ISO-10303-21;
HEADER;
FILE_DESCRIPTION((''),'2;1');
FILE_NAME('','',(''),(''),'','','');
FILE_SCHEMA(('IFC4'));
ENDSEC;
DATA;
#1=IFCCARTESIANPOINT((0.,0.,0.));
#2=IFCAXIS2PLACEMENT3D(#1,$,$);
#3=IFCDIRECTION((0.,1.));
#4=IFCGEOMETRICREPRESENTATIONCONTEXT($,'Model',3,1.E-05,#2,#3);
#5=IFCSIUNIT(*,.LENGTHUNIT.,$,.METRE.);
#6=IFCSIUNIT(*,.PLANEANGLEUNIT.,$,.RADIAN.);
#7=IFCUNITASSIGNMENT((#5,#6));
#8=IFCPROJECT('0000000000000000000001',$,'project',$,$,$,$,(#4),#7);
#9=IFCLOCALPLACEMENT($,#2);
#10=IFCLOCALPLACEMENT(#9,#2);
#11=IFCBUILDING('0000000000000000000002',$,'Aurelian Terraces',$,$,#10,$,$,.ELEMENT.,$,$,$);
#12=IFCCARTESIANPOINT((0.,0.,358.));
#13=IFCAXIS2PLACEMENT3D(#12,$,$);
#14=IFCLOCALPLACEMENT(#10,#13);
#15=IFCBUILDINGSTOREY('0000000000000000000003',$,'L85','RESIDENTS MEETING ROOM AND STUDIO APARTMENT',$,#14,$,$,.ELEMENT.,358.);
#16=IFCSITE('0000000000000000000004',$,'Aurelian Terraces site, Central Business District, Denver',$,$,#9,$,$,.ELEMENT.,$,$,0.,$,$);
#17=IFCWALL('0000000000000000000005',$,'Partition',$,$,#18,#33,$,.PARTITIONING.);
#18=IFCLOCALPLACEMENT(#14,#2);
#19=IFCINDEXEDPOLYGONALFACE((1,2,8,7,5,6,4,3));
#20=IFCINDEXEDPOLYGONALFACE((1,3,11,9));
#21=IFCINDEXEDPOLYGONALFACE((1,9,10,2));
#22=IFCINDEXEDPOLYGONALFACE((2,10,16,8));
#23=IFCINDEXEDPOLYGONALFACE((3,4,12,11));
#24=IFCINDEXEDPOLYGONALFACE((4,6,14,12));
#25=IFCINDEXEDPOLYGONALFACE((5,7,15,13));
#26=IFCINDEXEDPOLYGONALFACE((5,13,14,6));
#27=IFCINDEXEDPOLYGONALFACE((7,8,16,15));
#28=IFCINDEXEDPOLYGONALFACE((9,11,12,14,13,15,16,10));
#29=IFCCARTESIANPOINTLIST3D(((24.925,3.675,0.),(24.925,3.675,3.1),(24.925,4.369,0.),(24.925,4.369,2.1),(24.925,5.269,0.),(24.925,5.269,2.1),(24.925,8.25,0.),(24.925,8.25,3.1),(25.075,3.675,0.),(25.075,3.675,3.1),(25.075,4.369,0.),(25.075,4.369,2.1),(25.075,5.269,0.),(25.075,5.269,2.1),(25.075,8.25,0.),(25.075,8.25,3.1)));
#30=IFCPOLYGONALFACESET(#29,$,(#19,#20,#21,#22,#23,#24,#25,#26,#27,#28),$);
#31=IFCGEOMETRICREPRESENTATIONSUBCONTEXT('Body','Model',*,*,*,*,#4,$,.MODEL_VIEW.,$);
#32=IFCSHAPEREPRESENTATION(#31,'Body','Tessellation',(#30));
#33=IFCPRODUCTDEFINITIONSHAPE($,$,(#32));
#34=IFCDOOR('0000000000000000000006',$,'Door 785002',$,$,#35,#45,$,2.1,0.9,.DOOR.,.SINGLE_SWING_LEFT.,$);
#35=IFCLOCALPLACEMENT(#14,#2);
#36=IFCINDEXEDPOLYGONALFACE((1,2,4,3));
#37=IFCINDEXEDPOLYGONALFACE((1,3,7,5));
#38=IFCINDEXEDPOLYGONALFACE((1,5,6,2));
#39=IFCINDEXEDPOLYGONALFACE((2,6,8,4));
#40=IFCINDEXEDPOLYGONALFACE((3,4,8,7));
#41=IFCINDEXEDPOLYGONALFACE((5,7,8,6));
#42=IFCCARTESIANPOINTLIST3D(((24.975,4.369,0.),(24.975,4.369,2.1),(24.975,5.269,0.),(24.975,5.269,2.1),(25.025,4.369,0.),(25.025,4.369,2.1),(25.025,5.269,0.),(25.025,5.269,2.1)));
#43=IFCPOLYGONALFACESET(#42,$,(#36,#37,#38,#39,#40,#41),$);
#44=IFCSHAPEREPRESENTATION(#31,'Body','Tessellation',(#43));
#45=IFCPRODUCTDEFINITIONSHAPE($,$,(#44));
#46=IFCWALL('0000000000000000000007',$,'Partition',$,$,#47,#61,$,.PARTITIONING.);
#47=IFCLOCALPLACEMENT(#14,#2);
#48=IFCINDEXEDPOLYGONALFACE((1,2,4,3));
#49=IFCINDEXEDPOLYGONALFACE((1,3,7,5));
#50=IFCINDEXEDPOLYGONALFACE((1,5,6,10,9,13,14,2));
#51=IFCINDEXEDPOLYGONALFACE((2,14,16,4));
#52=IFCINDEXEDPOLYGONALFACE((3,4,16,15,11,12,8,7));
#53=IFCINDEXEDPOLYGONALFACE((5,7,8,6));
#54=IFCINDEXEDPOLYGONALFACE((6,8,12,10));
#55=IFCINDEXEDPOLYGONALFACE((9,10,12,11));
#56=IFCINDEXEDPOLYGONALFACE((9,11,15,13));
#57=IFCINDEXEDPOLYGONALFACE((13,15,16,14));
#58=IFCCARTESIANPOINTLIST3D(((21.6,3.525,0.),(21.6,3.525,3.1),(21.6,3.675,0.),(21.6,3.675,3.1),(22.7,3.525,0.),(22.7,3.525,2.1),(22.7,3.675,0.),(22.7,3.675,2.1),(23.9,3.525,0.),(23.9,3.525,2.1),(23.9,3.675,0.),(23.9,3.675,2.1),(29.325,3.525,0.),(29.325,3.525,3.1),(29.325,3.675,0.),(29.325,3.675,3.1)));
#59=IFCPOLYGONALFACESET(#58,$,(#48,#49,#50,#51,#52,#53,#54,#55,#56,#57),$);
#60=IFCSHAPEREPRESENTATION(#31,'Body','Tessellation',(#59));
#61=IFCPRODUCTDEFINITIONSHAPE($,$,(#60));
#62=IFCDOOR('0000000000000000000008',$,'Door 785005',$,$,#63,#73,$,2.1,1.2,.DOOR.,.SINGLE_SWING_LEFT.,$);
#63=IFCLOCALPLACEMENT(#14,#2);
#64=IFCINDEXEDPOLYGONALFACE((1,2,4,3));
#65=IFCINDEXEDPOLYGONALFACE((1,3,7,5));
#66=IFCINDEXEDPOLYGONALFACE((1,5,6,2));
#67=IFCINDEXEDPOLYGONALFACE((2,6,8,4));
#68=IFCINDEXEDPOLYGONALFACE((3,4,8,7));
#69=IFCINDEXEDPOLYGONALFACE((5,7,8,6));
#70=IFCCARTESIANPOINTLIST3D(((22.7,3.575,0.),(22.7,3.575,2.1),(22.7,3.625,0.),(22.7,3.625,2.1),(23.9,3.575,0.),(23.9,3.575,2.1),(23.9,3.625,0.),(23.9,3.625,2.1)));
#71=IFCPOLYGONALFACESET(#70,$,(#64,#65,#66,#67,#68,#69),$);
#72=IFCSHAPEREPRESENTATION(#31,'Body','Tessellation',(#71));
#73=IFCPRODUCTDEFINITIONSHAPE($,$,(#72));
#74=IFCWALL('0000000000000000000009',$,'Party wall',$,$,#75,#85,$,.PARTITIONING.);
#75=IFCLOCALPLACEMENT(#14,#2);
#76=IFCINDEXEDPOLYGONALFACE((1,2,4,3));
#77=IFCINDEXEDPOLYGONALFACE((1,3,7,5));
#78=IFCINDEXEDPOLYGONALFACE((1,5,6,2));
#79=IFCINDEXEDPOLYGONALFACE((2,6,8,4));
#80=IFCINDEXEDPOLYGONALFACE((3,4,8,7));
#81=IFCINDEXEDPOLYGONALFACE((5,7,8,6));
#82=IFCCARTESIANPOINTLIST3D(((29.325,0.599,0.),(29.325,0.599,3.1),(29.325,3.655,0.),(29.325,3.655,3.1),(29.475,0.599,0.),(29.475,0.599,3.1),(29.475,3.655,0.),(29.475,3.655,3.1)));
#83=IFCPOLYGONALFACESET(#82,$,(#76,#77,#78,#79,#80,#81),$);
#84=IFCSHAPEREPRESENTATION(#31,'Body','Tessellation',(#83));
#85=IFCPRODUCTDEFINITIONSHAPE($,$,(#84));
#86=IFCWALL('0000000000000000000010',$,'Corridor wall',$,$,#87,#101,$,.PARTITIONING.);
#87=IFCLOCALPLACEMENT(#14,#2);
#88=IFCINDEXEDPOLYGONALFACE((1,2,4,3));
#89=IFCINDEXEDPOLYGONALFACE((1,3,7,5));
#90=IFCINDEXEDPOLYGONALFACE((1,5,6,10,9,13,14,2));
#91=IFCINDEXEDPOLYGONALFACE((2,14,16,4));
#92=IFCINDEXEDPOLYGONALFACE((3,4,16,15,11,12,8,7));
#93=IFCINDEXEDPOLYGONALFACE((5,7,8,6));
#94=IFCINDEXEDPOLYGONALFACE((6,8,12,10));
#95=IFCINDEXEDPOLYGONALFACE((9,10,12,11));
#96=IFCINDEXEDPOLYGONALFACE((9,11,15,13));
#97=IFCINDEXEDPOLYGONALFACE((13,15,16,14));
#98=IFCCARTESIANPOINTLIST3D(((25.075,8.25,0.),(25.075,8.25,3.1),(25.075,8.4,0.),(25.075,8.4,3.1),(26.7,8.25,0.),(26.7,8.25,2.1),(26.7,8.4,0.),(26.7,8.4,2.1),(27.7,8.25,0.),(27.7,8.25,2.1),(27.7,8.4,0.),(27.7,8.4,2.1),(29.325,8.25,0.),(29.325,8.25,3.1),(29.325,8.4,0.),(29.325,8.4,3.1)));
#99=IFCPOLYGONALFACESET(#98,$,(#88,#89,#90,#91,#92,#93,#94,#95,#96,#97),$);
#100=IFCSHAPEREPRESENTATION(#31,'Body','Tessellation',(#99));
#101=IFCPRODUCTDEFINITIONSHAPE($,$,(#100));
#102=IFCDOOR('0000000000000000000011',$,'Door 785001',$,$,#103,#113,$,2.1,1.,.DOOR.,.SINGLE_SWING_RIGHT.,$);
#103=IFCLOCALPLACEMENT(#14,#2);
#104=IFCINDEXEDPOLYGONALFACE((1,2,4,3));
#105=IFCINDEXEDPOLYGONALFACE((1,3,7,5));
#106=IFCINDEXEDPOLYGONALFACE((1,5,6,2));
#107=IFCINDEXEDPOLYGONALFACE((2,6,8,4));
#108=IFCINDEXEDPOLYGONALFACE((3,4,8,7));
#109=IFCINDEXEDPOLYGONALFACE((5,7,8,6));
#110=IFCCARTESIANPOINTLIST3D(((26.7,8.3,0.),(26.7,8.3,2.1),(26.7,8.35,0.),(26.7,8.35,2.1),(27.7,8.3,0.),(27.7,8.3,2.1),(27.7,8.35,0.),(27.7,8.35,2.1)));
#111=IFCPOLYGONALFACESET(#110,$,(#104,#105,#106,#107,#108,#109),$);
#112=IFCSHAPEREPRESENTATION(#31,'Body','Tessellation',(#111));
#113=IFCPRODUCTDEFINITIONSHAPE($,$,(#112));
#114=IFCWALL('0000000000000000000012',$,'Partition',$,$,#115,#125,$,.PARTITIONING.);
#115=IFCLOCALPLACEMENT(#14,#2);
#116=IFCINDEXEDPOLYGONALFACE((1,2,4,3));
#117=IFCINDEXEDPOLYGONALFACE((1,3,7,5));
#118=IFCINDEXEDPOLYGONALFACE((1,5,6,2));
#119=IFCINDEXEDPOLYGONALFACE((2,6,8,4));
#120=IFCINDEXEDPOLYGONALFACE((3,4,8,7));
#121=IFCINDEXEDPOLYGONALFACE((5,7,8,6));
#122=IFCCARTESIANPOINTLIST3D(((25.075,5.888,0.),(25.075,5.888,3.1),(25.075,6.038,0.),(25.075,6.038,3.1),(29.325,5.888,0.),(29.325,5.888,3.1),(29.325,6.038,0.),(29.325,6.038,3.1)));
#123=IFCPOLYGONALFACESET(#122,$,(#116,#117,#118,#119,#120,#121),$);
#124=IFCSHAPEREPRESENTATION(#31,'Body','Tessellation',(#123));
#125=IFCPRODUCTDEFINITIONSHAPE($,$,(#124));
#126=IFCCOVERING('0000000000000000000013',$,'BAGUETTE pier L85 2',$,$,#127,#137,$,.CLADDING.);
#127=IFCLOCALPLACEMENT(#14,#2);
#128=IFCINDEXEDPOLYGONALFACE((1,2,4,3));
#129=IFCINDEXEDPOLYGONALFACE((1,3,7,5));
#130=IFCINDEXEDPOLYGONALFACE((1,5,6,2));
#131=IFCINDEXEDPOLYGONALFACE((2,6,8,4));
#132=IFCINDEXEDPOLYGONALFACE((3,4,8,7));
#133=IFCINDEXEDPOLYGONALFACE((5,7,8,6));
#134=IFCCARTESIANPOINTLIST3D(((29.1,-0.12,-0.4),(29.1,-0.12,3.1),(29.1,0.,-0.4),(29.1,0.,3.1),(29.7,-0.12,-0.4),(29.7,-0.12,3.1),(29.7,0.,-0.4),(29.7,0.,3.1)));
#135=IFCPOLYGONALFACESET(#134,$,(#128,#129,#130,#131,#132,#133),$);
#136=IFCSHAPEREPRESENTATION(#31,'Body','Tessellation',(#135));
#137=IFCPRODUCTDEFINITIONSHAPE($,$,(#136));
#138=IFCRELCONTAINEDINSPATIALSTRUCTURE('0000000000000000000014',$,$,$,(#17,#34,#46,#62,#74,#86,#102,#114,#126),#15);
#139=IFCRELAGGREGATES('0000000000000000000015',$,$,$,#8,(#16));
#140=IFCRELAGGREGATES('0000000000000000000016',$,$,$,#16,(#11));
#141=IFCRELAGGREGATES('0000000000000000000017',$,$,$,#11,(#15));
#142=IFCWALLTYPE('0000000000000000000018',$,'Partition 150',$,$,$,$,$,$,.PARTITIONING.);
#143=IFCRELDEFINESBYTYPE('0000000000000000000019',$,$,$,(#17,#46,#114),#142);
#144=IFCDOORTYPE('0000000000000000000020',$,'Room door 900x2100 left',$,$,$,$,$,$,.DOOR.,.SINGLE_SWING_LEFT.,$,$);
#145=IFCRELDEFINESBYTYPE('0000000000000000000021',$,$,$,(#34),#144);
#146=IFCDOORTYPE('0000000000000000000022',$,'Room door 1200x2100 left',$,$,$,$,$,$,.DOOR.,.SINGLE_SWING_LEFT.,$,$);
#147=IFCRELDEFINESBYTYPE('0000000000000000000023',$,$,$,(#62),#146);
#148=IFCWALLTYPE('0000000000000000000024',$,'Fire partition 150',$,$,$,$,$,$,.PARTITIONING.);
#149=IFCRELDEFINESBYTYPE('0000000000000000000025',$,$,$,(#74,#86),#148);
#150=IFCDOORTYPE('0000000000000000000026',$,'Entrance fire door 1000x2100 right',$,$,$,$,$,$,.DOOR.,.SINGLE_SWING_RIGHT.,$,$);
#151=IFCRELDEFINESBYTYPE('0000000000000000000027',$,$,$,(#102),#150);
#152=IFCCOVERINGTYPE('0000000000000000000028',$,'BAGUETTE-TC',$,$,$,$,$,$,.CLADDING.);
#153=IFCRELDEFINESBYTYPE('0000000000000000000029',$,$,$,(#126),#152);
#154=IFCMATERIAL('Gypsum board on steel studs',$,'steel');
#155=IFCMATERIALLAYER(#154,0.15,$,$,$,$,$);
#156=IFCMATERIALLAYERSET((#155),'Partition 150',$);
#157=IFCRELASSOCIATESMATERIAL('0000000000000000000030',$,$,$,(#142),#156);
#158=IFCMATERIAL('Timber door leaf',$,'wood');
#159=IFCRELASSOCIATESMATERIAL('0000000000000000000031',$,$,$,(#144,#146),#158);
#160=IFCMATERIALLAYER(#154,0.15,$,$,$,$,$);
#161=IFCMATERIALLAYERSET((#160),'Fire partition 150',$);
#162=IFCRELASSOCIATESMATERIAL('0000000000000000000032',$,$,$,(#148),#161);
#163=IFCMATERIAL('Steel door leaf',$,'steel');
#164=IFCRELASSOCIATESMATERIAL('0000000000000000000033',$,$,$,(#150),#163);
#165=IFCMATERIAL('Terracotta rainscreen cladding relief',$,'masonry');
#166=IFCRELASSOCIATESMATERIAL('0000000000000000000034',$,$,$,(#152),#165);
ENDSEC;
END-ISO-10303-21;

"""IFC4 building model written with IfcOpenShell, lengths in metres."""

from ifc_helpers import new_model, si_unit, direction, frame, frame_2d, origin, origin_2d, place, context, subcontext, project, spatial, rectangle, extrude, source, transform, mapped, material, layer, layer_set, type_object, element, fill, save


model = new_model("IFC4")

# Units and contexts
model_context = context("Model", 3, precision=1e-05, world=origin(), true_north=direction((0.0, 1.0)))
body_context = subcontext(model_context, "Body", "Model", "MODEL_VIEW")
ifc_project = project(units=[si_unit("LENGTHUNIT", "METRE"), si_unit("PLANEANGLEUNIT", "RADIAN")], contexts=[model_context])

# Site, building, storey
site_placement = place(None, origin())
site = spatial("IfcSite", under=ifc_project, at=site_placement, Name="Aurelian Terraces site, Central Business District, Denver", CompositionType="ELEMENT", RefElevation=0.0)
building_placement = place(site_placement, origin())
building = spatial("IfcBuilding", under=site, at=building_placement, Name="Aurelian Terraces", CompositionType="ELEMENT")
storey_placement = place(building_placement, frame((0.0, 0.0, 358.0)))
storey = spatial("IfcBuildingStorey", under=building, at=storey_placement, Name="L85", Description="RESIDENTS MEETING ROOM AND STUDIO APARTMENT", CompositionType="ELEMENT", Elevation=358.0)

# Shared definitions
ifc_material_1 = material(Name="Gypsum board on steel studs", Category="steel")
ifc_layer_1 = layer(ifc_material_1, 0.15)
ifc_layer_set_1 = layer_set([ifc_layer_1], Name="Partition 150")
wall_type_1 = type_object("IfcWallType", Name="Partition 150", PredefinedType="PARTITIONING", material=ifc_layer_set_1)
shared_shape_1 = source(origin(), body_context, "Body", "SweptSolid", [
    extrude(rectangle(XDim=0.9, YDim=2.1, at=frame_2d((0.45, 1.05))), frame((0.0, 0.085, 0.0), z_axis=(0.0, -1.0, 0.0), x_axis=(1.0, 0.0, 0.0)), (0.0, 0.0, 1.0), 0.17),
])
ifc_material_2 = material(Name="Timber door leaf", Category="wood")
shared_shape_2 = source(origin(), body_context, "Body", "SweptSolid", [
    extrude(rectangle(XDim=0.9, YDim=2.1, at=frame_2d((0.45, 1.05))), frame((0.0, 0.025, 0.0), z_axis=(0.0, -1.0, 0.0), x_axis=(1.0, 0.0, 0.0)), (0.0, 0.0, 1.0), 0.05),
])
ifc_material_3 = material(Name="Steel door leaf", Category="steel")

# Walls, openings, doors
shared_shape_3 = source(origin(), body_context, "Body", "SweptSolid", [
    extrude(rectangle(XDim=4.575, YDim=0.15, at=frame_2d((2.2875, 0.0))), origin(), (0.0, 0.0, 1.0), 3.1),
])
wall_1_placement = place(storey_placement, frame((25.0, 8.25, 0.0), z_axis=(0.0, 0.0, 1.0), x_axis=(0.0, -1.0, 0.0)))
wall_1 = element("IfcWall", 1, at=wall_1_placement, inside=storey, type_object=wall_type_1, Name="Partition", PredefinedType="PARTITIONING", context=body_context, shape_type="MappedRepresentation", body=[
    mapped(shared_shape_3, transform((0.0, 0.0, 0.0), scale=1.0)),
])
opening_1_placement = place(wall_1_placement, frame((2.981, 0.0, 0.0)))
opening_1 = element("IfcOpeningElement", 2, at=opening_1_placement, cuts=wall_1, PredefinedType="OPENING", context=body_context, shape_type="MappedRepresentation", body=[
    mapped(shared_shape_1, transform((0.0, 0.0, 0.0), scale=1.0)),
])
door_type_1 = type_object("IfcDoorType", Name="Room door 900x2100 left", OperationType="SINGLE_SWING_LEFT", PredefinedType="DOOR", material=ifc_material_2)
door_1_placement = place(opening_1_placement, origin())
door_1 = element("IfcDoor", 3, at=door_1_placement, inside=storey, type_object=door_type_1, Name="Door 785002", OperationType="SINGLE_SWING_LEFT", OverallHeight=2.1, OverallWidth=0.9, PredefinedType="DOOR", context=body_context, shape_type="MappedRepresentation", body=[
    mapped(shared_shape_2, transform((0.0, 0.0, 0.0), scale=1.0)),
])
fill(opening_1, door_1)
shared_shape_4 = source(origin(), body_context, "Body", "SweptSolid", [
    extrude(rectangle(XDim=7.725, YDim=0.15, at=frame_2d((3.8625, 0.0))), origin(), (0.0, 0.0, 1.0), 3.1),
])
wall_2_placement = place(storey_placement, frame((21.6, 3.6, 0.0), z_axis=(0.0, 0.0, 1.0), x_axis=(1.0, 0.0, 0.0)))
wall_2 = element("IfcWall", 4, at=wall_2_placement, inside=storey, type_object=wall_type_1, Name="Partition", PredefinedType="PARTITIONING", context=body_context, shape_type="MappedRepresentation", body=[
    mapped(shared_shape_4, transform((0.0, 0.0, 0.0), scale=1.0)),
])
shared_shape_5 = source(origin(), body_context, "Body", "SweptSolid", [
    extrude(rectangle(XDim=1.2, YDim=2.1, at=frame_2d((0.6, 1.05))), frame((0.0, 0.085, 0.0), z_axis=(0.0, -1.0, 0.0), x_axis=(1.0, 0.0, 0.0)), (0.0, 0.0, 1.0), 0.17),
])
opening_2_placement = place(wall_2_placement, frame((1.1, 0.0, 0.0)))
opening_2 = element("IfcOpeningElement", 5, at=opening_2_placement, cuts=wall_2, PredefinedType="OPENING", context=body_context, shape_type="MappedRepresentation", body=[
    mapped(shared_shape_5, transform((0.0, 0.0, 0.0), scale=1.0)),
])
door_type_2 = type_object("IfcDoorType", Name="Room door 1200x2100 left", OperationType="SINGLE_SWING_LEFT", PredefinedType="DOOR", material=ifc_material_2)
shared_shape_6 = source(origin(), body_context, "Body", "SweptSolid", [
    extrude(rectangle(XDim=1.2, YDim=2.1, at=frame_2d((0.6, 1.05))), frame((0.0, 0.025, 0.0), z_axis=(0.0, -1.0, 0.0), x_axis=(1.0, 0.0, 0.0)), (0.0, 0.0, 1.0), 0.05),
])
door_2_placement = place(opening_2_placement, origin())
door_2 = element("IfcDoor", 6, at=door_2_placement, inside=storey, type_object=door_type_2, Name="Door 785005", OperationType="SINGLE_SWING_LEFT", OverallHeight=2.1, OverallWidth=1.2, PredefinedType="DOOR", context=body_context, shape_type="MappedRepresentation", body=[
    mapped(shared_shape_6, transform((0.0, 0.0, 0.0), scale=1.0)),
])
fill(opening_2, door_2)

# Wall
ifc_layer_2 = layer(ifc_material_1, 0.15)
ifc_layer_set_2 = layer_set([ifc_layer_2], Name="Fire partition 150")
wall_type_2 = type_object("IfcWallType", Name="Fire partition 150", PredefinedType="PARTITIONING", material=ifc_layer_set_2)
shared_shape_7 = source(origin(), body_context, "Body", "SweptSolid", [
    extrude(rectangle(XDim=3.056, YDim=0.15, at=frame_2d((1.528, 0.0))), origin(), (0.0, 0.0, 1.0), 3.1),
])
wall_3_placement = place(storey_placement, frame((29.4, 0.599, 0.0), z_axis=(0.0, 0.0, 1.0), x_axis=(0.0, 1.0, 0.0)))
element("IfcWall", 7, at=wall_3_placement, inside=storey, type_object=wall_type_2, Name="Party wall", PredefinedType="PARTITIONING", context=body_context, shape_type="MappedRepresentation", body=[
    mapped(shared_shape_7, transform((0.0, 0.0, 0.0), scale=1.0)),
])

# Wall, opening, door
shared_shape_8 = source(origin(), body_context, "Body", "SweptSolid", [
    extrude(rectangle(XDim=4.25, YDim=0.15, at=frame_2d((2.125, 0.0))), origin(), (0.0, 0.0, 1.0), 3.1),
])
wall_4_placement = place(storey_placement, frame((29.325, 8.325, 0.0), z_axis=(0.0, 0.0, 1.0), x_axis=(-1.0, 0.0, 0.0)))
wall_4 = element("IfcWall", 8, at=wall_4_placement, inside=storey, type_object=wall_type_2, Name="Corridor wall", PredefinedType="PARTITIONING", context=body_context, shape_type="MappedRepresentation", body=[
    mapped(shared_shape_8, transform((0.0, 0.0, 0.0), scale=1.0)),
])
shared_shape_9 = source(origin(), body_context, "Body", "SweptSolid", [
    extrude(rectangle(XDim=1.0, YDim=2.1, at=frame_2d((0.5, 1.05))), frame((0.0, 0.085, 0.0), z_axis=(0.0, -1.0, 0.0), x_axis=(1.0, 0.0, 0.0)), (0.0, 0.0, 1.0), 0.17),
])
opening_3_placement = place(wall_4_placement, frame((1.625, 0.0, 0.0)))
opening_3 = element("IfcOpeningElement", 9, at=opening_3_placement, cuts=wall_4, PredefinedType="OPENING", context=body_context, shape_type="MappedRepresentation", body=[
    mapped(shared_shape_9, transform((0.0, 0.0, 0.0), scale=1.0)),
])
door_type_3 = type_object("IfcDoorType", Name="Entrance fire door 1000x2100 right", OperationType="SINGLE_SWING_RIGHT", PredefinedType="DOOR", material=ifc_material_3)
shared_shape_10 = source(origin(), body_context, "Body", "SweptSolid", [
    extrude(rectangle(XDim=1.0, YDim=2.1, at=frame_2d((0.5, 1.05))), frame((0.0, 0.025, 0.0), z_axis=(0.0, -1.0, 0.0), x_axis=(1.0, 0.0, 0.0)), (0.0, 0.0, 1.0), 0.05),
])
door_3_placement = place(opening_3_placement, origin())
door_3 = element("IfcDoor", 10, at=door_3_placement, inside=storey, type_object=door_type_3, Name="Door 785001", OperationType="SINGLE_SWING_RIGHT", OverallHeight=2.1, OverallWidth=1.0, PredefinedType="DOOR", context=body_context, shape_type="MappedRepresentation", body=[
    mapped(shared_shape_10, transform((0.0, 0.0, 0.0), scale=1.0)),
])
fill(opening_3, door_3)

# Wall
wall_5_placement = place(storey_placement, frame((29.325, 5.963, 0.0), z_axis=(0.0, 0.0, 1.0), x_axis=(-1.0, 0.0, 0.0)))
element("IfcWall", 11, at=wall_5_placement, inside=storey, type_object=wall_type_1, Name="Partition", PredefinedType="PARTITIONING", context=body_context, shape_type="MappedRepresentation", body=[
    mapped(shared_shape_8, transform((0.0, 0.0, 0.0), scale=1.0)),
])

# Covering
ifc_material_4 = material(Name="Terracotta rainscreen cladding relief", Category="masonry")
covering_type = type_object("IfcCoveringType", Name="BAGUETTE-TC", PredefinedType="CLADDING", material=ifc_material_4)
shared_shape_11 = source(origin(), body_context, "Body", "SweptSolid", [
    extrude(rectangle(XDim=0.6, YDim=0.12, at=origin_2d()), origin(), (0.0, 0.0, 1.0), 3.5),
])
covering_placement = place(storey_placement, frame((29.4, -0.06, -0.4), z_axis=(0.0, 0.0, 1.0), x_axis=(1.0, 0.0, 0.0)))
element("IfcCovering", 12, at=covering_placement, inside=storey, type_object=covering_type, Name="BAGUETTE pier L85 2", PredefinedType="CLADDING", context=body_context, shape_type="MappedRepresentation", body=[
    mapped(shared_shape_11, transform((0.0, 0.0, 0.0), scale=1.0)),
])

save(model, "model.ifc")
